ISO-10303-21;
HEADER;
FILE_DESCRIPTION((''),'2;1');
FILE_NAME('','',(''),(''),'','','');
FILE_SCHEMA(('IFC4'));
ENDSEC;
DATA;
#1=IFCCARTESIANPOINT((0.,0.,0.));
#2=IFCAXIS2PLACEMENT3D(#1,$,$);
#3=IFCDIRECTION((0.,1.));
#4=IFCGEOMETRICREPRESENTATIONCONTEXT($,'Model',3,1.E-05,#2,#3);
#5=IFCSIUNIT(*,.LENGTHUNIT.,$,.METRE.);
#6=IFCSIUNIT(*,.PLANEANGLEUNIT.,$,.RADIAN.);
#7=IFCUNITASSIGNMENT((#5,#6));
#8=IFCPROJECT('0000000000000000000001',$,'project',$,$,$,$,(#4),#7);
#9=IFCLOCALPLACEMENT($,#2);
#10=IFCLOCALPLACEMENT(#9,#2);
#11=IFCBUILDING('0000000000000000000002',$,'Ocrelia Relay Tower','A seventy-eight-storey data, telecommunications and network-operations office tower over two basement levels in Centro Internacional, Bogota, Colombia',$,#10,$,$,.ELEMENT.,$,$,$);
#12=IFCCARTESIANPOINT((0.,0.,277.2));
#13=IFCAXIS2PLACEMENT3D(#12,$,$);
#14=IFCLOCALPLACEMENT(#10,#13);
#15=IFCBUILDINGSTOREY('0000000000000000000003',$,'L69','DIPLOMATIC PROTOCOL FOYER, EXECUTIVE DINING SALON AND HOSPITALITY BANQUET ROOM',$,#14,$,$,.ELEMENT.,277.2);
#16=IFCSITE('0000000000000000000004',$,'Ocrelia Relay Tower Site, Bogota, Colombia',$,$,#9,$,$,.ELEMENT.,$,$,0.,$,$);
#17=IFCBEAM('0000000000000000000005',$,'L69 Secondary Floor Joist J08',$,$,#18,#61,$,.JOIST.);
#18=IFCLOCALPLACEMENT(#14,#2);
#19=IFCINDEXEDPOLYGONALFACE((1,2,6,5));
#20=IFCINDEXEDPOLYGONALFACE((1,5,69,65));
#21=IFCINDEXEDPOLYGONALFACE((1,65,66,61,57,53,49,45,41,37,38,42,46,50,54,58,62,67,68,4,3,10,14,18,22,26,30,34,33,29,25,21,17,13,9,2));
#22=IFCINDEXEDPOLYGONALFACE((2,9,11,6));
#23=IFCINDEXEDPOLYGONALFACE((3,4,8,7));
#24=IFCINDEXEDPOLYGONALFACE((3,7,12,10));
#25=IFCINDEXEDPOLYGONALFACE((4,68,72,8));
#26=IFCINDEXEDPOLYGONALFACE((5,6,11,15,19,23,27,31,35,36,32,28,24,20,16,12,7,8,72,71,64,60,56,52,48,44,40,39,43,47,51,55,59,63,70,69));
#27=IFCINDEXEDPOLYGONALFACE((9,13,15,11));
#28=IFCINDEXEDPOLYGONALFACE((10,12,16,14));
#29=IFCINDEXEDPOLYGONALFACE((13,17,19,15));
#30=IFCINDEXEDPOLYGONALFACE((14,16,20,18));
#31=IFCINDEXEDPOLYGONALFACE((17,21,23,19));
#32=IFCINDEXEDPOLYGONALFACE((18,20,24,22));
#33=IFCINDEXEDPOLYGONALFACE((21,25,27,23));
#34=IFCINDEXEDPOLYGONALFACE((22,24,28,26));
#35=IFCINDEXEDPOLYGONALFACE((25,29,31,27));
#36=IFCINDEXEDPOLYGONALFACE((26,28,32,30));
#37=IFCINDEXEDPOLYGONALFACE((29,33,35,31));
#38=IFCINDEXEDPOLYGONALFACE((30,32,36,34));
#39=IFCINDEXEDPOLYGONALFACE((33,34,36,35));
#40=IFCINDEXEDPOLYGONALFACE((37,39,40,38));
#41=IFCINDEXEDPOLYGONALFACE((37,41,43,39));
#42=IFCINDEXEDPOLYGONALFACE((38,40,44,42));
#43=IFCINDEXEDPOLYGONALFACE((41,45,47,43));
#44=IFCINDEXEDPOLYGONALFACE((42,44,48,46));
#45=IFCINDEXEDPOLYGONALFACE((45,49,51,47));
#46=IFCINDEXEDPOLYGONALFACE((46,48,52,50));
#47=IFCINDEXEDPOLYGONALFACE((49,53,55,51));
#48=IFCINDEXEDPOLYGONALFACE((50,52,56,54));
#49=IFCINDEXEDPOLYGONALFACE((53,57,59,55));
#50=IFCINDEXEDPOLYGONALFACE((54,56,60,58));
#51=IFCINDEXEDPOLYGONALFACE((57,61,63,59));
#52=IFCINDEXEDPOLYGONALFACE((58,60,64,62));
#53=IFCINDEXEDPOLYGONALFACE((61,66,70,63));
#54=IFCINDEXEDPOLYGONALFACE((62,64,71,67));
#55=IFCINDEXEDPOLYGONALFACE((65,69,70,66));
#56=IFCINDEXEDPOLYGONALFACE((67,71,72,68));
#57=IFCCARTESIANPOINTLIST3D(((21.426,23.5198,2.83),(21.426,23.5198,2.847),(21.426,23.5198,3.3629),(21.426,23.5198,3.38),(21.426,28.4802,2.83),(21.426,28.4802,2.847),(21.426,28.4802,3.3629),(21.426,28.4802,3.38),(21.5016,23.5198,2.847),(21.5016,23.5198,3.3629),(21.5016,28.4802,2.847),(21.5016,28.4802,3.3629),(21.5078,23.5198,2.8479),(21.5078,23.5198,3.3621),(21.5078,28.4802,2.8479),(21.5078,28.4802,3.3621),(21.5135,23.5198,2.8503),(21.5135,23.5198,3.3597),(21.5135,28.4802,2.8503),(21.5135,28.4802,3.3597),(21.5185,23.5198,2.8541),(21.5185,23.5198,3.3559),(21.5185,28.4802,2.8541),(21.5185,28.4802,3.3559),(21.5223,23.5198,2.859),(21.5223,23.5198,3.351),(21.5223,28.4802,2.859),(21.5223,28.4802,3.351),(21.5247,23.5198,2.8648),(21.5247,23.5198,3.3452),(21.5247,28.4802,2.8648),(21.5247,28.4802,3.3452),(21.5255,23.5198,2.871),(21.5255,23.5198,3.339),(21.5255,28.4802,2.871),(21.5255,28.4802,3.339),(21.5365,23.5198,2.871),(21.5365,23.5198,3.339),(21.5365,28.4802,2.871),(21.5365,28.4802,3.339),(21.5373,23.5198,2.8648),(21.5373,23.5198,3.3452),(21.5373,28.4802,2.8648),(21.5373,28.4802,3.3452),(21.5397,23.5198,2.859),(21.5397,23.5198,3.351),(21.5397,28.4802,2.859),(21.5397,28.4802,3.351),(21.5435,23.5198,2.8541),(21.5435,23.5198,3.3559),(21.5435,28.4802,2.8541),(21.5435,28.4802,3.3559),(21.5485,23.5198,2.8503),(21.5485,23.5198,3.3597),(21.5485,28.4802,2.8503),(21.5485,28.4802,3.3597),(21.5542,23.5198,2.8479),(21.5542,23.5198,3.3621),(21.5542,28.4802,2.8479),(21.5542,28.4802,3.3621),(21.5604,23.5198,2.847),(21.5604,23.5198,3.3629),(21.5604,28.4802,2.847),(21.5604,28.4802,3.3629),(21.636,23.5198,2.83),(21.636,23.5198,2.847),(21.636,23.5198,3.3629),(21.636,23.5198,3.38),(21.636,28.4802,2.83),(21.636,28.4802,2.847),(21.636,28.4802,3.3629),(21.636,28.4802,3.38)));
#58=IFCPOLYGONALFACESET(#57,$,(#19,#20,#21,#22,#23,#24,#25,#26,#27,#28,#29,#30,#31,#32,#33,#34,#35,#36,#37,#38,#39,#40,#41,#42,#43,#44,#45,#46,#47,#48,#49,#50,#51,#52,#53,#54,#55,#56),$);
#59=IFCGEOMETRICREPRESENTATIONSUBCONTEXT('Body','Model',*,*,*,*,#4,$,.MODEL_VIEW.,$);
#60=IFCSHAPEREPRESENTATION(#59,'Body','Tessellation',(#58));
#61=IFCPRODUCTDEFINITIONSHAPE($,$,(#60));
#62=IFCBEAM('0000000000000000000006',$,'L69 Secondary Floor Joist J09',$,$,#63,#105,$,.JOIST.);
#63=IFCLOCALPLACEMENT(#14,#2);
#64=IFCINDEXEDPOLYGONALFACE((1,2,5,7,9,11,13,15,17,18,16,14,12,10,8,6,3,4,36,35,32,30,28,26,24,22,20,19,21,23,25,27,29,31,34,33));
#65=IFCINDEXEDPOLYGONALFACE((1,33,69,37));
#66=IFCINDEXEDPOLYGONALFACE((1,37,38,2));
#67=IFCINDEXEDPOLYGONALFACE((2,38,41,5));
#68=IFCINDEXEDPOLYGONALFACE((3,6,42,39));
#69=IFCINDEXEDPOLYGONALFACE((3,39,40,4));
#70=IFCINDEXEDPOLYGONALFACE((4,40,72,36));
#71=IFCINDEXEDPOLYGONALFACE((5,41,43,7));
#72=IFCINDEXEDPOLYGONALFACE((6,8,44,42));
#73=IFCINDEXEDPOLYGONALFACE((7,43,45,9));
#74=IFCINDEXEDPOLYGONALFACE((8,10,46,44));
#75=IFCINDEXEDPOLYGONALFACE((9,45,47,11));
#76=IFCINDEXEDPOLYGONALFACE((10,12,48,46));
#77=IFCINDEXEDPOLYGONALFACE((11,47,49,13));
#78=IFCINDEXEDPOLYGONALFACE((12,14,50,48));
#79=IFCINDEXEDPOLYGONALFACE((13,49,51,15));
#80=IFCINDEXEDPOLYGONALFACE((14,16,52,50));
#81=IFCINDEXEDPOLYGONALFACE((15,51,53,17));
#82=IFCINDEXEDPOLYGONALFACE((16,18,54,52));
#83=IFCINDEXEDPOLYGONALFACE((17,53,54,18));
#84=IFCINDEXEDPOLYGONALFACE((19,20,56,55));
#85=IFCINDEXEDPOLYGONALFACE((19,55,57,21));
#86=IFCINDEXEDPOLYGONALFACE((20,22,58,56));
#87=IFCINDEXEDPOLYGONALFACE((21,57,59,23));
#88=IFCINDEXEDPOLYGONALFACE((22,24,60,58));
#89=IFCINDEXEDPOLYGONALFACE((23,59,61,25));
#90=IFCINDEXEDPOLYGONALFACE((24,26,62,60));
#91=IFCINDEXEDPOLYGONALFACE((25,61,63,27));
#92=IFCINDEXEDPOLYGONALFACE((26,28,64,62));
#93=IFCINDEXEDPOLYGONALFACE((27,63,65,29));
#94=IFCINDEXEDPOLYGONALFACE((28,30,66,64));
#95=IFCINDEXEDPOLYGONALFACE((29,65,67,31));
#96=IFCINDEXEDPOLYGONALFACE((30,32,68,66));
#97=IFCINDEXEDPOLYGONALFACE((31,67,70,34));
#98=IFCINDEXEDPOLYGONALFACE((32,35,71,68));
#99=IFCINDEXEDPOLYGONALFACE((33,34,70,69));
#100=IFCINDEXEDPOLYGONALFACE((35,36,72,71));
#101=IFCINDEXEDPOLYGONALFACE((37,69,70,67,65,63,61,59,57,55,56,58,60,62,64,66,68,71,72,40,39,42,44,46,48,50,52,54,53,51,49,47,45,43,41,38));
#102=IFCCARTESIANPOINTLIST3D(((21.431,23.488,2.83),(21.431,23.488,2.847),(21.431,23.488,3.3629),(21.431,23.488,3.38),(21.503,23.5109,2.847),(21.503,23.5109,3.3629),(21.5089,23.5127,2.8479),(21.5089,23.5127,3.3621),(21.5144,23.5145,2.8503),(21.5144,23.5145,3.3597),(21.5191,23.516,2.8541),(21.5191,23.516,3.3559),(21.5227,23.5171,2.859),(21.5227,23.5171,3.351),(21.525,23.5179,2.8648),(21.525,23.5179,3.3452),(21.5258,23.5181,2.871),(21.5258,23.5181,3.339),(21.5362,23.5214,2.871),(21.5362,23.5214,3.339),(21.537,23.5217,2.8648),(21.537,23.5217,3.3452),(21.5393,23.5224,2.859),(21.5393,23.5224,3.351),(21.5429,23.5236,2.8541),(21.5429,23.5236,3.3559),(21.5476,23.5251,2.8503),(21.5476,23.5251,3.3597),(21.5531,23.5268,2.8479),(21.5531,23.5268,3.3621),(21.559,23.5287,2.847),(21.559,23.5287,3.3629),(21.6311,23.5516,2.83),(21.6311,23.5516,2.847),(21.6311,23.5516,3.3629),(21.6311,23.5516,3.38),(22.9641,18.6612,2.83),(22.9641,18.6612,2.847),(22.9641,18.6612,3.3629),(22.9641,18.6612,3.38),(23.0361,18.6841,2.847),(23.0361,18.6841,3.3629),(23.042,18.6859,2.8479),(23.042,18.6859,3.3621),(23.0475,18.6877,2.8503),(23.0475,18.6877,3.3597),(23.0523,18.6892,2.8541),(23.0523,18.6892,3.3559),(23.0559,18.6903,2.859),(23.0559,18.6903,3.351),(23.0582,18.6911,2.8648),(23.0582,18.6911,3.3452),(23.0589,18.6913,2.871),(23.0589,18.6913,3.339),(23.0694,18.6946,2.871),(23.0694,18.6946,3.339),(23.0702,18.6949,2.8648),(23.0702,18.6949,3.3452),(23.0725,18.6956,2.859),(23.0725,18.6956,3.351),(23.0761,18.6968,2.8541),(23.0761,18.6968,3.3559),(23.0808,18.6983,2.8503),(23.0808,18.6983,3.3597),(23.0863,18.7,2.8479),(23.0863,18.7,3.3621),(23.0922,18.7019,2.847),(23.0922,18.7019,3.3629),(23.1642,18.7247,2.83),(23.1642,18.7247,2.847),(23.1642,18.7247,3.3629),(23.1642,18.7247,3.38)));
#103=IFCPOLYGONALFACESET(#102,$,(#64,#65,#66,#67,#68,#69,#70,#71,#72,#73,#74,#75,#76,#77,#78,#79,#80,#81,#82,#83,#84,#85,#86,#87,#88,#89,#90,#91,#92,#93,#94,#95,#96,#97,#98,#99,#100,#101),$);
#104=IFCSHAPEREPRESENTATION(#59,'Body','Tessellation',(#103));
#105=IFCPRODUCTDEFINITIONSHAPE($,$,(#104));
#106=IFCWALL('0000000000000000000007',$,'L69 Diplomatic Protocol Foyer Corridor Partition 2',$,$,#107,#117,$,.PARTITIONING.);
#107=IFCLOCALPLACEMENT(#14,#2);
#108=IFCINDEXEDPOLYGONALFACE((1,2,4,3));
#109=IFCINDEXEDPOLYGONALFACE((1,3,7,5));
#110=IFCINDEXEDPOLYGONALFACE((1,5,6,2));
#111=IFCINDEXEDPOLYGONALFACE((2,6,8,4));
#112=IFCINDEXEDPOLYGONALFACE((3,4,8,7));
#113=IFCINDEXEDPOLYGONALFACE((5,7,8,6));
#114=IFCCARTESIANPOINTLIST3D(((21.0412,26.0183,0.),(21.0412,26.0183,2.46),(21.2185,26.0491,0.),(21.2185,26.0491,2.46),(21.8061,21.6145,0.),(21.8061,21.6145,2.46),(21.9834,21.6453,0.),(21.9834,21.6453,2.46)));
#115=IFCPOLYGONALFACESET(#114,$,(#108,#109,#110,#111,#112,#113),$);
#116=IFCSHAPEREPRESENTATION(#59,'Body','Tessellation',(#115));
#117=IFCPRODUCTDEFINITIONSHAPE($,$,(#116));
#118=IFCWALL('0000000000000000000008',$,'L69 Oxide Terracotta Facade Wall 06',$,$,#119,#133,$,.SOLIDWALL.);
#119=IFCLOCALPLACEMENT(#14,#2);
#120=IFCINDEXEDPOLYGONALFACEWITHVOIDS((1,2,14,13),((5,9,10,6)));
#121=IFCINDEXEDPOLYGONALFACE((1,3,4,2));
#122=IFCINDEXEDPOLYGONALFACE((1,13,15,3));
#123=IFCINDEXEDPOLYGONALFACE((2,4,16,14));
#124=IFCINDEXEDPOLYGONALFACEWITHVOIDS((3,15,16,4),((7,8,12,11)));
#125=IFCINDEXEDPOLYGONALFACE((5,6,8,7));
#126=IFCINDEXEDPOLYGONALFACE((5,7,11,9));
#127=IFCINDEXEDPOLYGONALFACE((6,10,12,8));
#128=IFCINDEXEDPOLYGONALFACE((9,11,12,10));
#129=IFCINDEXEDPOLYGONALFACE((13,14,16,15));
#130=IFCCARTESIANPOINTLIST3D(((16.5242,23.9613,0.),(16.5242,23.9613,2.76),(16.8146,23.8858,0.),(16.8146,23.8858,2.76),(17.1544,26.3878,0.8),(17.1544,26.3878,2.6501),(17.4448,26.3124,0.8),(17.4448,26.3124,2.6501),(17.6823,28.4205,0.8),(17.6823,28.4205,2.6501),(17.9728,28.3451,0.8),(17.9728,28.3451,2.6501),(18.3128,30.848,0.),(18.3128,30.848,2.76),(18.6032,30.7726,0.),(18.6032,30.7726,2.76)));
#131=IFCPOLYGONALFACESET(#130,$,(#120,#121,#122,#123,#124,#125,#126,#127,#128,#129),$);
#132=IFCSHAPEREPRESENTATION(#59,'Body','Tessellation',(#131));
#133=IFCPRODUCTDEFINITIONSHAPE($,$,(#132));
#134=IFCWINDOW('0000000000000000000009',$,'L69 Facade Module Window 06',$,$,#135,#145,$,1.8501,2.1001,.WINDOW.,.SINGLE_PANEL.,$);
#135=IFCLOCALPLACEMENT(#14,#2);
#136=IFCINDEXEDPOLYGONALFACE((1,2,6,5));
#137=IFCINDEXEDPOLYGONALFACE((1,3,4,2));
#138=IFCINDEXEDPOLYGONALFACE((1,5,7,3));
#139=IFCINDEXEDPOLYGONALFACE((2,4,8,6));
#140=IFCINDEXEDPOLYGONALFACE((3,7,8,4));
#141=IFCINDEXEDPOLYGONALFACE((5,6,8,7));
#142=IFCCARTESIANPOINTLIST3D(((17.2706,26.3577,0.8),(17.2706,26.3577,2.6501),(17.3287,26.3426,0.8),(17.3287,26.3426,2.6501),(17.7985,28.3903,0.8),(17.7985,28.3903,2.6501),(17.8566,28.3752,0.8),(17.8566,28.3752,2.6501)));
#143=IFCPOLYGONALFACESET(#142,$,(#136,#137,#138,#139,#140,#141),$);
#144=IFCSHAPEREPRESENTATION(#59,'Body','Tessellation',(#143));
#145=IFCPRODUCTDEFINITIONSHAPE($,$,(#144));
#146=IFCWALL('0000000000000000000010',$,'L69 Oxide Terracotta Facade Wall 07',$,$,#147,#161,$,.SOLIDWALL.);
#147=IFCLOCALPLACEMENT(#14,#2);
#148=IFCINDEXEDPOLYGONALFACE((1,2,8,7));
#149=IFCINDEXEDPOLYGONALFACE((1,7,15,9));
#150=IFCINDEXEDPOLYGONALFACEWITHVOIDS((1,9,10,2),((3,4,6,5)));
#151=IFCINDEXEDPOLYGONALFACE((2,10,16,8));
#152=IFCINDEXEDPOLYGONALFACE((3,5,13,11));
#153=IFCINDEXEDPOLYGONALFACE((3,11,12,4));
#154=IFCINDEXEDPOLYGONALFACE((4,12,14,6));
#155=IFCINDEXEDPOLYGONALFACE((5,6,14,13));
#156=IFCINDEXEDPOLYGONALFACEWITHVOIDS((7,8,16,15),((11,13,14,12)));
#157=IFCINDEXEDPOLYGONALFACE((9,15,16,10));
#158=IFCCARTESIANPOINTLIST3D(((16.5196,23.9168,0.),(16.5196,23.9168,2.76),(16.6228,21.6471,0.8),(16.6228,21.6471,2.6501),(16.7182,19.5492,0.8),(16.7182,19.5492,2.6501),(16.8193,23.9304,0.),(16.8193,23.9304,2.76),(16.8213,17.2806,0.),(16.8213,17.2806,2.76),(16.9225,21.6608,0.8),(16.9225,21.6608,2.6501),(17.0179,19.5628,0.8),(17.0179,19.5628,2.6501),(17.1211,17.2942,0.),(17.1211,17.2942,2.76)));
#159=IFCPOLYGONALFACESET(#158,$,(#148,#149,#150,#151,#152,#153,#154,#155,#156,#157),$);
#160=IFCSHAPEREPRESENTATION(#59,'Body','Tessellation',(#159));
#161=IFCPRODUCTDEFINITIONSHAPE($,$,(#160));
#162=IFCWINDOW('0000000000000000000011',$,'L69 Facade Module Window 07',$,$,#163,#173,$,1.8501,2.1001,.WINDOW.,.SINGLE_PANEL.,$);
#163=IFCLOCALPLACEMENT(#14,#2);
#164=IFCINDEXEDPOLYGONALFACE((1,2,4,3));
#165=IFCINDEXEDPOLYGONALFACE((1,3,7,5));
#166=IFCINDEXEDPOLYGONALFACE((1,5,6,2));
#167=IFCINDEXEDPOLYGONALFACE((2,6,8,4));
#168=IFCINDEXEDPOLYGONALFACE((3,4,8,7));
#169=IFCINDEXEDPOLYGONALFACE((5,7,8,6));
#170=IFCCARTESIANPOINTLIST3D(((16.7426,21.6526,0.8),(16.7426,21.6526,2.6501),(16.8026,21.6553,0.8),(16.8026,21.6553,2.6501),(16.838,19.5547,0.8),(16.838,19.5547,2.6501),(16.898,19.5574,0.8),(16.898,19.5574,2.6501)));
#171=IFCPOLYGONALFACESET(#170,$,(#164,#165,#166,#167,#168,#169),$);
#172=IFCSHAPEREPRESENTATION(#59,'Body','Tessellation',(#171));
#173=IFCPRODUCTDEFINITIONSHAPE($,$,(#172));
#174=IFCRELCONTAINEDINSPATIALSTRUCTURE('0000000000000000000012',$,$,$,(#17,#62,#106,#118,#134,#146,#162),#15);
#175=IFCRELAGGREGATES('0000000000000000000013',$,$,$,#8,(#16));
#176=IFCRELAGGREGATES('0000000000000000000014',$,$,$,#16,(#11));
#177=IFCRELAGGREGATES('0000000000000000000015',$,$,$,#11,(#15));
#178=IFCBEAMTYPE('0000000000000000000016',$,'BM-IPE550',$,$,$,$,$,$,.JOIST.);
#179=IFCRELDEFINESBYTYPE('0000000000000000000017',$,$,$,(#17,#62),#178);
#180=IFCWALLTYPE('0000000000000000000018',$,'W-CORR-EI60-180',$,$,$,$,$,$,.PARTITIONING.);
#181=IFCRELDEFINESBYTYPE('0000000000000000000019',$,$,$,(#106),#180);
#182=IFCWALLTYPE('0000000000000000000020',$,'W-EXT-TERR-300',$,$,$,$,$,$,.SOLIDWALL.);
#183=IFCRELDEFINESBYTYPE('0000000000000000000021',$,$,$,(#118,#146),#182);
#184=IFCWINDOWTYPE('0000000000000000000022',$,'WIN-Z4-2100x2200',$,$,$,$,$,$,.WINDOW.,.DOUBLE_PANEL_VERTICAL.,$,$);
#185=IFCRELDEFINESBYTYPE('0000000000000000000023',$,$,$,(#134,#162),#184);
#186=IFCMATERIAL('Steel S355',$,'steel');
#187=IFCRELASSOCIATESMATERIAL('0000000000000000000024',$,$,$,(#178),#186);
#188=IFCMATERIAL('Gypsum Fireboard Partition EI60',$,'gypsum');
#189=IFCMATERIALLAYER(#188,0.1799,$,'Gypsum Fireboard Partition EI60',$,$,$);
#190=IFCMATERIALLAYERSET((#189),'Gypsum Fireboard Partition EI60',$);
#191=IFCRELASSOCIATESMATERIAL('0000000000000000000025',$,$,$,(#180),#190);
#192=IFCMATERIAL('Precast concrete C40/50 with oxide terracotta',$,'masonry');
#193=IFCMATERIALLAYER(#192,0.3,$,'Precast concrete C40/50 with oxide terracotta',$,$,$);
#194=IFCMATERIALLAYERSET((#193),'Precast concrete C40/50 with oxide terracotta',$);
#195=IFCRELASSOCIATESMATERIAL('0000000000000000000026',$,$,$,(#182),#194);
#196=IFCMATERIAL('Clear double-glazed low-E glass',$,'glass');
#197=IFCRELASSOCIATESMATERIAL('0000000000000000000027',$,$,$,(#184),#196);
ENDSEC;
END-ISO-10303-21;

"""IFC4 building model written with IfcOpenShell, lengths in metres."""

from ifc_helpers import new_model, si_unit, direction, frame, frame_2d, origin, origin_2d, place, context, subcontext, project, spatial, rectangle, i_section, extrude, material, layer, layer_set, material_profile, profile_set, type_object, element, fill, save


model = new_model("IFC4")

# Units and contexts
model_context = context("Model", 3, precision=1e-05, world=origin(), true_north=direction((0.0, 1.0)))
body_context = subcontext(model_context, "Body", "Model", "MODEL_VIEW")
ifc_project = project(units=[si_unit("LENGTHUNIT", "METRE"), si_unit("PLANEANGLEUNIT", "RADIAN")], contexts=[model_context])

# Site, building, storey
site_placement = place(None, origin())
site = spatial("IfcSite", under=ifc_project, at=site_placement, Name="Ocrelia Relay Tower Site, Bogota, Colombia", CompositionType="ELEMENT", RefElevation=0.0)
building_placement = place(site_placement, origin())
building = spatial("IfcBuilding", under=site, at=building_placement, Name="Ocrelia Relay Tower", Description="A seventy-eight-storey data, telecommunications and network-operations office tower over two basement levels in Centro Internacional, Bogota, Colombia", CompositionType="ELEMENT")
storey_placement = place(building_placement, frame((0.0, 0.0, 277.2)))
storey = spatial("IfcBuildingStorey", under=building, at=storey_placement, Name="L69", Description="DIPLOMATIC PROTOCOL FOYER, EXECUTIVE DINING SALON AND HOSPITALITY BANQUET ROOM", CompositionType="ELEMENT", Elevation=277.2)

# Beams
ifc_material_1 = material(Name="Steel S355", Category="steel")
ifc_material_profile_1 = material_profile(ifc_material_1, i_section(OverallWidth=0.21, OverallDepth=0.55, WebThickness=0.011, FlangeThickness=0.0171, FilletRadius=0.0239, at=origin_2d()), Name="IPE 550")
ifc_profile_set_1 = profile_set([ifc_material_profile_1], Name="Steel S355")
beam_type_1 = type_object("IfcBeamType", Name="BM-IPE550", PredefinedType="JOIST", material=ifc_profile_set_1)
beam_1_placement = place(storey_placement, frame((21.531, 28.4802, 3.105), z_axis=(0.0, -1.0, 0.0), x_axis=(1.0, 0.0, 0.0)))
element("IfcBeam", 1, at=beam_1_placement, inside=storey, type_object=beam_type_1, Name="L69 Secondary Floor Joist J08", PredefinedType="JOIST", context=body_context, shape_type="SweptSolid", body=[
    extrude(i_section(OverallWidth=0.21, OverallDepth=0.55, WebThickness=0.011, FlangeThickness=0.0171, FilletRadius=0.0239, at=origin_2d()), origin(), (0.0, 0.0, 1.0), 4.9604),
])
beam_2_placement = place(storey_placement, frame((21.531, 23.5198, 3.105), z_axis=(0.302732, -0.953076, 0.0), x_axis=(0.953076, 0.302732, 0.0)))
element("IfcBeam", 2, at=beam_2_placement, inside=storey, type_object=beam_type_1, Name="L69 Secondary Floor Joist J09", PredefinedType="JOIST", context=body_context, shape_type="SweptSolid", body=[
    extrude(i_section(OverallWidth=0.21, OverallDepth=0.55, WebThickness=0.011, FlangeThickness=0.0171, FilletRadius=0.0239, at=origin_2d()), origin(), (0.0, 0.0, 1.0), 5.0645),
])

# Wall
ifc_material_2 = material(Name="Gypsum Fireboard Partition EI60", Category="gypsum")
ifc_layer_1 = layer(ifc_material_2, 0.1799, Name="Gypsum Fireboard Partition EI60")
ifc_layer_set_1 = layer_set([ifc_layer_1], Name="Gypsum Fireboard Partition EI60")
wall_type_1 = type_object("IfcWallType", Name="W-CORR-EI60-180", PredefinedType="PARTITIONING", material=ifc_layer_set_1)
wall_1_placement = place(storey_placement, frame((21.1299, 26.0337, 0.0), z_axis=(0.0, 0.0, 1.0), x_axis=(0.171127, -0.985249, 0.0)))
element("IfcWall", 3, at=wall_1_placement, inside=storey, type_object=wall_type_1, Name="L69 Diplomatic Protocol Foyer Corridor Partition 2", PredefinedType="PARTITIONING", context=body_context, shape_type="SweptSolid", body=[
    extrude(rectangle(XDim=4.4697, YDim=0.1799, at=frame_2d((2.2349, 0.0))), origin(), (0.0, 0.0, 1.0), 2.46),
])

# Walls, openings, windows
ifc_material_3 = material(Name="Precast concrete C40/50 with oxide terracotta", Category="masonry")
ifc_layer_2 = layer(ifc_material_3, 0.3, Name="Precast concrete C40/50 with oxide terracotta")
ifc_layer_set_2 = layer_set([ifc_layer_2], Name="Precast concrete C40/50 with oxide terracotta")
wall_type_2 = type_object("IfcWallType", Name="W-EXT-TERR-300", PredefinedType="SOLIDWALL", material=ifc_layer_set_2)
wall_2_placement = place(storey_placement, frame((18.458, 30.8103, 0.0), z_axis=(0.0, 0.0, 1.0), x_axis=(-0.251374, -0.96789, 0.0)))
wall_2 = element("IfcWall", 4, at=wall_2_placement, inside=storey, type_object=wall_type_2, Name="L69 Oxide Terracotta Facade Wall 06", PredefinedType="SOLIDWALL", context=body_context, shape_type="SweptSolid", body=[
    extrude(rectangle(XDim=7.1152, YDim=0.3, at=frame_2d((3.5576, 0.0))), origin(), (0.0, 0.0, 1.0), 2.76),
])
opening_1_placement = place(wall_2_placement, frame((2.5081, 0.0, 0.8)))
opening_1 = element("IfcOpeningElement", 5, at=opening_1_placement, cuts=wall_2, PredefinedType="OPENING", context=body_context, shape_type="SweptSolid", body=[
    extrude(rectangle(XDim=2.1001, YDim=1.8501, at=frame_2d((1.05, 0.925))), frame((0.0, 0.1602, 0.0), z_axis=(0.0, -1.0, 0.0), x_axis=(1.0, 0.0, 0.0)), (0.0, 0.0, 1.0), 0.3201),
])
ifc_material_4 = material(Name="Clear double-glazed low-E glass", Category="glass")
window_type = type_object("IfcWindowType", Name="WIN-Z4-2100x2200", PartitioningType="DOUBLE_PANEL_VERTICAL", PredefinedType="WINDOW", material=ifc_material_4)
window_1_placement = place(opening_1_placement, origin())
window_1 = element("IfcWindow", 6, at=window_1_placement, inside=storey, type_object=window_type, Name="L69 Facade Module Window 06", OverallHeight=1.8501, OverallWidth=2.1001, PartitioningType="SINGLE_PANEL", PredefinedType="WINDOW", context=body_context, shape_type="SweptSolid", body=[
    extrude(rectangle(XDim=2.1001, YDim=1.8501, at=frame_2d((1.05, 0.925))), frame((0.0, 0.03, 0.0), z_axis=(0.0, -1.0, 0.0), x_axis=(1.0, 0.0, 0.0)), (0.0, 0.0, 1.0), 0.0601),
])
fill(opening_1, window_1)
wall_3_placement = place(storey_placement, frame((16.6694, 23.9236, 0.0), z_axis=(0.0, 0.0, 1.0), x_axis=(0.045424, -0.998968, 0.0)))
wall_3 = element("IfcWall", 7, at=wall_3_placement, inside=storey, type_object=wall_type_2, Name="L69 Oxide Terracotta Facade Wall 07", PredefinedType="SOLIDWALL", context=body_context, shape_type="SweptSolid", body=[
    extrude(rectangle(XDim=6.6431, YDim=0.3, at=frame_2d((3.3215, 0.0))), origin(), (0.0, 0.0, 1.0), 2.76),
])
opening_2_placement = place(wall_3_placement, frame((2.272, 0.0, 0.8)))
opening_2 = element("IfcOpeningElement", 8, at=opening_2_placement, cuts=wall_3, PredefinedType="OPENING", context=body_context, shape_type="SweptSolid", body=[
    extrude(rectangle(XDim=2.1001, YDim=1.8501, at=frame_2d((1.05, 0.925))), frame((0.0, 0.1602, 0.0), z_axis=(0.0, -1.0, 0.0), x_axis=(1.0, 0.0, 0.0)), (0.0, 0.0, 1.0), 0.3201),
])
window_2_placement = place(opening_2_placement, origin())
window_2 = element("IfcWindow", 9, at=window_2_placement, inside=storey, type_object=window_type, Name="L69 Facade Module Window 07", OverallHeight=1.8501, OverallWidth=2.1001, PartitioningType="SINGLE_PANEL", PredefinedType="WINDOW", context=body_context, shape_type="SweptSolid", body=[
    extrude(rectangle(XDim=2.1001, YDim=1.8501, at=frame_2d((1.05, 0.925))), frame((0.0, 0.03, 0.0), z_axis=(0.0, -1.0, 0.0), x_axis=(1.0, 0.0, 0.0)), (0.0, 0.0, 1.0), 0.0601),
])
fill(opening_2, window_2)

save(model, "model.ifc")
